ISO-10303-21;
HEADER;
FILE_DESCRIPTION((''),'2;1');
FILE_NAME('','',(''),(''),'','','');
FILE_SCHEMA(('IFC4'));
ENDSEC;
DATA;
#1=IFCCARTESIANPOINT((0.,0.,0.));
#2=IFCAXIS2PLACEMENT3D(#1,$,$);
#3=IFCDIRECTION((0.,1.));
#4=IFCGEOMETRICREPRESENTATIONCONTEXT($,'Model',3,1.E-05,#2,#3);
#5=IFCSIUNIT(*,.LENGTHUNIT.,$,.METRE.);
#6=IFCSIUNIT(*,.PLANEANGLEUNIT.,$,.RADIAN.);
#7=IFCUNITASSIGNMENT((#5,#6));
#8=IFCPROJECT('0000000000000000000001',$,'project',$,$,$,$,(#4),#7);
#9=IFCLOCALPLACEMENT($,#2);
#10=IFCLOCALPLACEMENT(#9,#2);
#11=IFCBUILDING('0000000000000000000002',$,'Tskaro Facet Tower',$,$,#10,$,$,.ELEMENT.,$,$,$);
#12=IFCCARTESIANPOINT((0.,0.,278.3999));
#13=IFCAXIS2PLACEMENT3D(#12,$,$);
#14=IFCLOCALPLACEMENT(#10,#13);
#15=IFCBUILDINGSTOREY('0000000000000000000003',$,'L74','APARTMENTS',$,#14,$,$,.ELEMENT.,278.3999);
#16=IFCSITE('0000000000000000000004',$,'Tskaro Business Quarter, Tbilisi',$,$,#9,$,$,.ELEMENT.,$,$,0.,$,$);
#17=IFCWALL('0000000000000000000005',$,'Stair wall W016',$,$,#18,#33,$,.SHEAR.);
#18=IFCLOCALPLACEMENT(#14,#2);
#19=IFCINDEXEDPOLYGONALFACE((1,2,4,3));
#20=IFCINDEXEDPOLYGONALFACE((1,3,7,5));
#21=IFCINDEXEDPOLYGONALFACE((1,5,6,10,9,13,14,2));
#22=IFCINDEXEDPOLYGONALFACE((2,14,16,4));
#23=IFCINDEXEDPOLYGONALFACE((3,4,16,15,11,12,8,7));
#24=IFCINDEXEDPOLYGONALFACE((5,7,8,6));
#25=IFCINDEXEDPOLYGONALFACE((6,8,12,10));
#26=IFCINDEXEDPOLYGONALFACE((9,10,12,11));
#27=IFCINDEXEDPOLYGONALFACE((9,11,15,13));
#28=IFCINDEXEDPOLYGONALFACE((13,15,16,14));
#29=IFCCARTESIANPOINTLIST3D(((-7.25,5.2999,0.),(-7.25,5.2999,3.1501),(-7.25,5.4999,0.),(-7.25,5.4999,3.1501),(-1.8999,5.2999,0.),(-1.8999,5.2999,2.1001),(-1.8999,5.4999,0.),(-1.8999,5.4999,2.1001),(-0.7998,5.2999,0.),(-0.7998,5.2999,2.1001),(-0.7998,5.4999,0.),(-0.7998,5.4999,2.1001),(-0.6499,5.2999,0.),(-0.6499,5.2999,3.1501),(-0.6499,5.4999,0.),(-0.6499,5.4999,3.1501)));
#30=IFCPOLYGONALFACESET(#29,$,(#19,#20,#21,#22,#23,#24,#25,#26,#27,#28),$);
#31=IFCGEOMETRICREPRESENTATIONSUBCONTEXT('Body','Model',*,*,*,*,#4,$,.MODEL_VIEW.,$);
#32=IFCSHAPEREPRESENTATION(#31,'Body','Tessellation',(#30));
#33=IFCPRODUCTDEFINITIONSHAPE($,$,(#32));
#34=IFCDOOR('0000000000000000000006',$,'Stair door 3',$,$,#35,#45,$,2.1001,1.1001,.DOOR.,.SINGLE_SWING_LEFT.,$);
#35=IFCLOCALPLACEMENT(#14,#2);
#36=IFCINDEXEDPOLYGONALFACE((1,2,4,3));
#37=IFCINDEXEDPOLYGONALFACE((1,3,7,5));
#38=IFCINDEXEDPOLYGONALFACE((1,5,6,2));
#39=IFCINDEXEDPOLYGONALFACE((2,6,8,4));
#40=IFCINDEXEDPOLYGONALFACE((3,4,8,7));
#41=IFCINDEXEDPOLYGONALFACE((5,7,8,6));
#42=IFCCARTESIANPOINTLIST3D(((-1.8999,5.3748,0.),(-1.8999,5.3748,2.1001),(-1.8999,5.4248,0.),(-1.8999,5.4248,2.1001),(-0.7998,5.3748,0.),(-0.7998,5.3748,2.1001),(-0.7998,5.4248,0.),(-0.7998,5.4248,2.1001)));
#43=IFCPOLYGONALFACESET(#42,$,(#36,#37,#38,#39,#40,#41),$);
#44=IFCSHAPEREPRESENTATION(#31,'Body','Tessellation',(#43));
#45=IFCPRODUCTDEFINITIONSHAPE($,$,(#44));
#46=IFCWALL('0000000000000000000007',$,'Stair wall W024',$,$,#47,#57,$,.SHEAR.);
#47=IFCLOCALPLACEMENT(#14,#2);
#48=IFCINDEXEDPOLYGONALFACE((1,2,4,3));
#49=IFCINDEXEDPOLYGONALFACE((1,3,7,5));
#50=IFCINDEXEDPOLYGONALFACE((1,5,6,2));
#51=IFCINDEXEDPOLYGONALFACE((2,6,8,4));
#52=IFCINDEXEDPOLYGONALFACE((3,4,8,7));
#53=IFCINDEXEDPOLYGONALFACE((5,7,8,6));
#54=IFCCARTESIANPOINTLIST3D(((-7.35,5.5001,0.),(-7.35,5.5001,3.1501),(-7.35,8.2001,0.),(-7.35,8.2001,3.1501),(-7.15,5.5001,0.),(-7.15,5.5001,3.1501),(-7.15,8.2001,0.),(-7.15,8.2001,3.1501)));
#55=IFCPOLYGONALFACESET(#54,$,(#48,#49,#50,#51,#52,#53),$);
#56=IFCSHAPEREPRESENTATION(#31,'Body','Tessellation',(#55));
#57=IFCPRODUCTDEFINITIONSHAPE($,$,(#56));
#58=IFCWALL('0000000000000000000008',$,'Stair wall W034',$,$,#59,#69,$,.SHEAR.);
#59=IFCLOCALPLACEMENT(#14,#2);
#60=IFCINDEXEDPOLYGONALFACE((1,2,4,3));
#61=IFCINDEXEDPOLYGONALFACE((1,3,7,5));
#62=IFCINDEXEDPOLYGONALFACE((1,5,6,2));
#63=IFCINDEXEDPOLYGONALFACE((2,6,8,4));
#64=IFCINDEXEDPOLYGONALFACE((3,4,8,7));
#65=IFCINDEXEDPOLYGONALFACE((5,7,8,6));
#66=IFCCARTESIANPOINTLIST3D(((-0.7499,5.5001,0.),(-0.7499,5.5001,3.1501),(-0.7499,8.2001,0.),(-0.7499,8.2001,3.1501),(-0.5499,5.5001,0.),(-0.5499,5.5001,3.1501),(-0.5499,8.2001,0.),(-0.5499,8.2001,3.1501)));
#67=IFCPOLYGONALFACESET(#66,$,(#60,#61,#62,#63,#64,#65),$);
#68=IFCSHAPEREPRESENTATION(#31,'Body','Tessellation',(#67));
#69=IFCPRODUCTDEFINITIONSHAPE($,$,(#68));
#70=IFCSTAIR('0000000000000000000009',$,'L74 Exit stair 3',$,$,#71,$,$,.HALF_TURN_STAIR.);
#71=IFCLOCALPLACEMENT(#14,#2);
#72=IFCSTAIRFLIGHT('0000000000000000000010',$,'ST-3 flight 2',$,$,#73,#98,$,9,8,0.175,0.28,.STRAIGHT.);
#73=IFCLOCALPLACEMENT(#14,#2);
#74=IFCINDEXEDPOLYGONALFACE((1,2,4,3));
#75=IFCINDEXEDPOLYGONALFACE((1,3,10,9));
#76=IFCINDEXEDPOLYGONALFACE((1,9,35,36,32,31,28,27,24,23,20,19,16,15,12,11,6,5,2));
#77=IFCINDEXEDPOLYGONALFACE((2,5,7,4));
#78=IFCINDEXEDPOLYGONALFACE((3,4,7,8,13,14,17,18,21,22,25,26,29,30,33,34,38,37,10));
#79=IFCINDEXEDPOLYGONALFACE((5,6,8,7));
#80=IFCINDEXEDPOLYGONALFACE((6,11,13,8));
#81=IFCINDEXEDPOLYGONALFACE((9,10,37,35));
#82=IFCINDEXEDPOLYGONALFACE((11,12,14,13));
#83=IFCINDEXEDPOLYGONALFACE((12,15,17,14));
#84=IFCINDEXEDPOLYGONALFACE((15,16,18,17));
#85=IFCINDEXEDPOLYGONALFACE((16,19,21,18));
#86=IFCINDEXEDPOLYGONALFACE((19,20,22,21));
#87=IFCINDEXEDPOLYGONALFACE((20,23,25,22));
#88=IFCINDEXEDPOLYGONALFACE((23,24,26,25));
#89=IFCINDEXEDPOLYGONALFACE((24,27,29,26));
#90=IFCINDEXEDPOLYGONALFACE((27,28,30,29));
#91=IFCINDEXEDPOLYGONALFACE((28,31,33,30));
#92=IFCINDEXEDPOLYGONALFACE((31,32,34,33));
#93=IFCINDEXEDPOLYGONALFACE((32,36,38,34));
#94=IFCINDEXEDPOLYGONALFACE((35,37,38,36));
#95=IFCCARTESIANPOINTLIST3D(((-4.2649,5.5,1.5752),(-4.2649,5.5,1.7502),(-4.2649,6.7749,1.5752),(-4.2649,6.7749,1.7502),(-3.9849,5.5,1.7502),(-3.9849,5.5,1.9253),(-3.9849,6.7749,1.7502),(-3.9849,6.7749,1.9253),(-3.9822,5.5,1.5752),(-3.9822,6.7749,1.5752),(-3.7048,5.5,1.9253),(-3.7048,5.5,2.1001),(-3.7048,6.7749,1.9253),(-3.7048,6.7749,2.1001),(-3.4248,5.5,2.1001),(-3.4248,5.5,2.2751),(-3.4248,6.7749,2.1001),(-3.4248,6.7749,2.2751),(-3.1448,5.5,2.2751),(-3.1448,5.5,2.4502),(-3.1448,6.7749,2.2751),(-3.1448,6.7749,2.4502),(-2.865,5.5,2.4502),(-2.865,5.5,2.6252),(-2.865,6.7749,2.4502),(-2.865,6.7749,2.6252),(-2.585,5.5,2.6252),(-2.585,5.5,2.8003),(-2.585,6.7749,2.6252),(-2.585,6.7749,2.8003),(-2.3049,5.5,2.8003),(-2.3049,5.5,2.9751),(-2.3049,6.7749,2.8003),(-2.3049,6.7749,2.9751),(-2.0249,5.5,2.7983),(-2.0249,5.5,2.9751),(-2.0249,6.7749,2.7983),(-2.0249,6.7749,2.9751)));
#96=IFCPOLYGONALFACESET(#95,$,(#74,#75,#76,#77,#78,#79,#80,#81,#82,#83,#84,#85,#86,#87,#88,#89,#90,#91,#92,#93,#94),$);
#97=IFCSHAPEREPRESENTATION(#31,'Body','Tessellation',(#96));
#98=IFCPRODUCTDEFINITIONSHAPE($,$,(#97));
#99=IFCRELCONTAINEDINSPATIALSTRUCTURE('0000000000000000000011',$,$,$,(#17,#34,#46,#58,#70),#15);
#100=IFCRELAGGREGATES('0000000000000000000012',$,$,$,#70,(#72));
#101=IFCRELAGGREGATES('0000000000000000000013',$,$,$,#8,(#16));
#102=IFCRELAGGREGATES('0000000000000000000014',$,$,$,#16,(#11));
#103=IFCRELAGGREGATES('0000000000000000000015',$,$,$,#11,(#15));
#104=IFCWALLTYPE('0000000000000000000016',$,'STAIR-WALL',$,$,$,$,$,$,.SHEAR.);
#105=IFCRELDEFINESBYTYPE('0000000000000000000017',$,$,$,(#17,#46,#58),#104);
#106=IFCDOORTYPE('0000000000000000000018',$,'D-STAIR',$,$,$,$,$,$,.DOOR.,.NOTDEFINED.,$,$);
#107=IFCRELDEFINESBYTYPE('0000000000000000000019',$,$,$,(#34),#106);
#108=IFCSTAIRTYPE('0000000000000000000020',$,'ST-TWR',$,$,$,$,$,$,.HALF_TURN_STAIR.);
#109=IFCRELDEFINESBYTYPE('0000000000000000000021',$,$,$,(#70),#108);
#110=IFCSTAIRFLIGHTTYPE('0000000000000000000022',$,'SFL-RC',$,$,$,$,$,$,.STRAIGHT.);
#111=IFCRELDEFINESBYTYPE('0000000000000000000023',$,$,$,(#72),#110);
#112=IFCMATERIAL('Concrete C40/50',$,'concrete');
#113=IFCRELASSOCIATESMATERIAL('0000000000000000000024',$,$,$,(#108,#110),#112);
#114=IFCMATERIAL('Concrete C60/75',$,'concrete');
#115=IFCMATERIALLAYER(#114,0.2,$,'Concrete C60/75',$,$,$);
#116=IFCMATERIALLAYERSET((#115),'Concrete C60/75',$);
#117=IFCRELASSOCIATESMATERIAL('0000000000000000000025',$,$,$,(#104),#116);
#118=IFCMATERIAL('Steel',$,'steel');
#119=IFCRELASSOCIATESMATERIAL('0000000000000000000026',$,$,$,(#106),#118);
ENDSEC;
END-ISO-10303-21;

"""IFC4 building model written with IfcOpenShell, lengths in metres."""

from ifc_helpers import new_model, si_unit, direction, frame, frame_2d, origin, place, context, subcontext, project, spatial, polyline, rectangle, outline, extrude, material, layer, layer_set, type_object, element, fill, aggregate, save


model = new_model("IFC4")

# Units and contexts
model_context = context("Model", 3, precision=1e-05, world=origin(), true_north=direction((0.0, 1.0)))
body_context = subcontext(model_context, "Body", "Model", "MODEL_VIEW")
ifc_project = project(units=[si_unit("LENGTHUNIT", "METRE"), si_unit("PLANEANGLEUNIT", "RADIAN")], contexts=[model_context])

# Site, building, storey
site_placement = place(None, origin())
site = spatial("IfcSite", under=ifc_project, at=site_placement, Name="Tskaro Business Quarter, Tbilisi", CompositionType="ELEMENT", RefElevation=0.0)
building_placement = place(site_placement, origin())
building = spatial("IfcBuilding", under=site, at=building_placement, Name="Tskaro Facet Tower", CompositionType="ELEMENT")
storey_placement = place(building_placement, frame((0.0, 0.0, 278.3999)))
storey = spatial("IfcBuildingStorey", under=building, at=storey_placement, Name="L74", Description="APARTMENTS", CompositionType="ELEMENT", Elevation=278.3999)

# Shared definitions
ifc_material_1 = material(Name="Concrete C40/50", Category="concrete")
stair_type = type_object("IfcStairType", Name="ST-TWR", PredefinedType="HALF_TURN_STAIR", material=ifc_material_1)

# Shared definitions
ifc_material_2 = material(Name="Concrete C60/75", Category="concrete")

# Wall, opening, door
ifc_layer_1 = layer(ifc_material_2, 0.2, Name="Concrete C60/75")
ifc_layer_set_1 = layer_set([ifc_layer_1], Name="Concrete C60/75")
wall_type_1 = type_object("IfcWallType", Name="STAIR-WALL", PredefinedType="SHEAR", material=ifc_layer_set_1)
wall_1_placement = place(storey_placement, frame((-7.25, 5.3999, 0.0), z_axis=(0.0, 0.0, 1.0), x_axis=(1.0, 0.0, 0.0)))
wall_1 = element("IfcWall", 1, at=wall_1_placement, inside=storey, type_object=wall_type_1, Name="Stair wall W016", PredefinedType="SHEAR", context=body_context, shape_type="SweptSolid", body=[
    extrude(rectangle(XDim=6.6001, YDim=0.2, at=frame_2d((3.3, 0.0))), origin(), (0.0, 0.0, 1.0), 3.1501),
])
opening_1_placement = place(wall_1_placement, frame((5.3501, 0.0, 0.0)))
opening_1 = element("IfcOpeningElement", 2, at=opening_1_placement, cuts=wall_1, PredefinedType="OPENING", context=body_context, shape_type="SweptSolid", body=[
    extrude(rectangle(XDim=1.1001, YDim=2.1001, at=frame_2d((0.55, 1.05))), frame((0.0, 0.1099, 0.0), z_axis=(0.0, -1.0, 0.0), x_axis=(1.0, 0.0, 0.0)), (0.0, 0.0, 1.0), 0.22),
])
ifc_material_3 = material(Name="Steel", Category="steel")
door_type_1 = type_object("IfcDoorType", Name="D-STAIR", OperationType="NOTDEFINED", PredefinedType="DOOR", material=ifc_material_3)
door_1_placement = place(opening_1_placement, origin())
door_1 = element("IfcDoor", 3, at=door_1_placement, inside=storey, type_object=door_type_1, Name="Stair door 3", OperationType="SINGLE_SWING_LEFT", OverallHeight=2.1001, OverallWidth=1.1001, PredefinedType="DOOR", context=body_context, shape_type="SweptSolid", body=[
    extrude(rectangle(XDim=1.1001, YDim=2.1001, at=frame_2d((0.55, 1.05))), frame((0.0, 0.0249, 0.0), z_axis=(0.0, -1.0, 0.0), x_axis=(1.0, 0.0, 0.0)), (0.0, 0.0, 1.0), 0.05),
])
fill(opening_1, door_1)

# Walls
for number, where, z_axis, x_axis, name in (
    (4, (-7.25, 5.5, 0.0), (0.0, 0.0, 1.0), (0.0, 1.0, 0.0), "Stair wall W024"),
    (5, (-0.6499, 5.5, 0.0), (0.0, 0.0, 1.0), (0.0, 1.0, 0.0), "Stair wall W034"),
):
    element("IfcWall", number, at=place(storey_placement, frame(where, z_axis=z_axis, x_axis=x_axis)), inside=storey, type_object=wall_type_1, Name=name, PredefinedType="SHEAR", context=body_context, shape_type="SweptSolid", body=[
        extrude(rectangle(XDim=2.7, YDim=0.2, at=frame_2d((1.3501, 0.0))), origin(), (0.0, 0.0, 1.0), 3.1501),
    ])

# Stair, stair flight
stair_1_placement = place(storey_placement, origin())
stair_1 = element("IfcStair", 6, at=stair_1_placement, inside=storey, type_object=stair_type, Name="L74 Exit stair 3", PredefinedType="HALF_TURN_STAIR")
stair_flight_type = type_object("IfcStairFlightType", Name="SFL-RC", PredefinedType="STRAIGHT", material=ifc_material_1)
stair_flight_placement = place(storey_placement, frame((-4.2649, 6.1375, 1.5752), z_axis=(0.0, 0.0, 1.0), x_axis=(1.0, 0.0, 0.0)))
stair_flight = element("IfcStairFlight", 7, at=stair_flight_placement, type_object=stair_flight_type, Name="ST-3 flight 2", NumberOfRisers=9, NumberOfTreads=8, PredefinedType="STRAIGHT", RiserHeight=0.175, TreadLength=0.28, context=body_context, shape_type="SweptSolid", body=[
    extrude(outline(polyline([(0.0, 0.0), (0.0, 0.175), (0.28, 0.175), (0.28, 0.3501), (0.5601, 0.3501), (0.5601, 0.5249), (0.8401, 0.5249), (0.8401, 0.7), (1.1201, 0.7), (1.1201, 0.875), (1.3999, 0.875), (1.3999, 1.05), (1.6799, 1.05), (1.6799, 1.2251), (1.96, 1.2251), (1.96, 1.3999), (2.24, 1.3999), (2.24, 1.575), (2.24, 1.2231), (0.2827, 0.0), (0.0, 0.0)])), frame((0.0, 0.6375, 0.0), z_axis=(0.0, -1.0, 0.0), x_axis=(1.0, 0.0, 0.0)), (0.0, 0.0, 1.0), 1.2749),
])
aggregate(stair_1, [stair_flight])

save(model, "model.ifc")
